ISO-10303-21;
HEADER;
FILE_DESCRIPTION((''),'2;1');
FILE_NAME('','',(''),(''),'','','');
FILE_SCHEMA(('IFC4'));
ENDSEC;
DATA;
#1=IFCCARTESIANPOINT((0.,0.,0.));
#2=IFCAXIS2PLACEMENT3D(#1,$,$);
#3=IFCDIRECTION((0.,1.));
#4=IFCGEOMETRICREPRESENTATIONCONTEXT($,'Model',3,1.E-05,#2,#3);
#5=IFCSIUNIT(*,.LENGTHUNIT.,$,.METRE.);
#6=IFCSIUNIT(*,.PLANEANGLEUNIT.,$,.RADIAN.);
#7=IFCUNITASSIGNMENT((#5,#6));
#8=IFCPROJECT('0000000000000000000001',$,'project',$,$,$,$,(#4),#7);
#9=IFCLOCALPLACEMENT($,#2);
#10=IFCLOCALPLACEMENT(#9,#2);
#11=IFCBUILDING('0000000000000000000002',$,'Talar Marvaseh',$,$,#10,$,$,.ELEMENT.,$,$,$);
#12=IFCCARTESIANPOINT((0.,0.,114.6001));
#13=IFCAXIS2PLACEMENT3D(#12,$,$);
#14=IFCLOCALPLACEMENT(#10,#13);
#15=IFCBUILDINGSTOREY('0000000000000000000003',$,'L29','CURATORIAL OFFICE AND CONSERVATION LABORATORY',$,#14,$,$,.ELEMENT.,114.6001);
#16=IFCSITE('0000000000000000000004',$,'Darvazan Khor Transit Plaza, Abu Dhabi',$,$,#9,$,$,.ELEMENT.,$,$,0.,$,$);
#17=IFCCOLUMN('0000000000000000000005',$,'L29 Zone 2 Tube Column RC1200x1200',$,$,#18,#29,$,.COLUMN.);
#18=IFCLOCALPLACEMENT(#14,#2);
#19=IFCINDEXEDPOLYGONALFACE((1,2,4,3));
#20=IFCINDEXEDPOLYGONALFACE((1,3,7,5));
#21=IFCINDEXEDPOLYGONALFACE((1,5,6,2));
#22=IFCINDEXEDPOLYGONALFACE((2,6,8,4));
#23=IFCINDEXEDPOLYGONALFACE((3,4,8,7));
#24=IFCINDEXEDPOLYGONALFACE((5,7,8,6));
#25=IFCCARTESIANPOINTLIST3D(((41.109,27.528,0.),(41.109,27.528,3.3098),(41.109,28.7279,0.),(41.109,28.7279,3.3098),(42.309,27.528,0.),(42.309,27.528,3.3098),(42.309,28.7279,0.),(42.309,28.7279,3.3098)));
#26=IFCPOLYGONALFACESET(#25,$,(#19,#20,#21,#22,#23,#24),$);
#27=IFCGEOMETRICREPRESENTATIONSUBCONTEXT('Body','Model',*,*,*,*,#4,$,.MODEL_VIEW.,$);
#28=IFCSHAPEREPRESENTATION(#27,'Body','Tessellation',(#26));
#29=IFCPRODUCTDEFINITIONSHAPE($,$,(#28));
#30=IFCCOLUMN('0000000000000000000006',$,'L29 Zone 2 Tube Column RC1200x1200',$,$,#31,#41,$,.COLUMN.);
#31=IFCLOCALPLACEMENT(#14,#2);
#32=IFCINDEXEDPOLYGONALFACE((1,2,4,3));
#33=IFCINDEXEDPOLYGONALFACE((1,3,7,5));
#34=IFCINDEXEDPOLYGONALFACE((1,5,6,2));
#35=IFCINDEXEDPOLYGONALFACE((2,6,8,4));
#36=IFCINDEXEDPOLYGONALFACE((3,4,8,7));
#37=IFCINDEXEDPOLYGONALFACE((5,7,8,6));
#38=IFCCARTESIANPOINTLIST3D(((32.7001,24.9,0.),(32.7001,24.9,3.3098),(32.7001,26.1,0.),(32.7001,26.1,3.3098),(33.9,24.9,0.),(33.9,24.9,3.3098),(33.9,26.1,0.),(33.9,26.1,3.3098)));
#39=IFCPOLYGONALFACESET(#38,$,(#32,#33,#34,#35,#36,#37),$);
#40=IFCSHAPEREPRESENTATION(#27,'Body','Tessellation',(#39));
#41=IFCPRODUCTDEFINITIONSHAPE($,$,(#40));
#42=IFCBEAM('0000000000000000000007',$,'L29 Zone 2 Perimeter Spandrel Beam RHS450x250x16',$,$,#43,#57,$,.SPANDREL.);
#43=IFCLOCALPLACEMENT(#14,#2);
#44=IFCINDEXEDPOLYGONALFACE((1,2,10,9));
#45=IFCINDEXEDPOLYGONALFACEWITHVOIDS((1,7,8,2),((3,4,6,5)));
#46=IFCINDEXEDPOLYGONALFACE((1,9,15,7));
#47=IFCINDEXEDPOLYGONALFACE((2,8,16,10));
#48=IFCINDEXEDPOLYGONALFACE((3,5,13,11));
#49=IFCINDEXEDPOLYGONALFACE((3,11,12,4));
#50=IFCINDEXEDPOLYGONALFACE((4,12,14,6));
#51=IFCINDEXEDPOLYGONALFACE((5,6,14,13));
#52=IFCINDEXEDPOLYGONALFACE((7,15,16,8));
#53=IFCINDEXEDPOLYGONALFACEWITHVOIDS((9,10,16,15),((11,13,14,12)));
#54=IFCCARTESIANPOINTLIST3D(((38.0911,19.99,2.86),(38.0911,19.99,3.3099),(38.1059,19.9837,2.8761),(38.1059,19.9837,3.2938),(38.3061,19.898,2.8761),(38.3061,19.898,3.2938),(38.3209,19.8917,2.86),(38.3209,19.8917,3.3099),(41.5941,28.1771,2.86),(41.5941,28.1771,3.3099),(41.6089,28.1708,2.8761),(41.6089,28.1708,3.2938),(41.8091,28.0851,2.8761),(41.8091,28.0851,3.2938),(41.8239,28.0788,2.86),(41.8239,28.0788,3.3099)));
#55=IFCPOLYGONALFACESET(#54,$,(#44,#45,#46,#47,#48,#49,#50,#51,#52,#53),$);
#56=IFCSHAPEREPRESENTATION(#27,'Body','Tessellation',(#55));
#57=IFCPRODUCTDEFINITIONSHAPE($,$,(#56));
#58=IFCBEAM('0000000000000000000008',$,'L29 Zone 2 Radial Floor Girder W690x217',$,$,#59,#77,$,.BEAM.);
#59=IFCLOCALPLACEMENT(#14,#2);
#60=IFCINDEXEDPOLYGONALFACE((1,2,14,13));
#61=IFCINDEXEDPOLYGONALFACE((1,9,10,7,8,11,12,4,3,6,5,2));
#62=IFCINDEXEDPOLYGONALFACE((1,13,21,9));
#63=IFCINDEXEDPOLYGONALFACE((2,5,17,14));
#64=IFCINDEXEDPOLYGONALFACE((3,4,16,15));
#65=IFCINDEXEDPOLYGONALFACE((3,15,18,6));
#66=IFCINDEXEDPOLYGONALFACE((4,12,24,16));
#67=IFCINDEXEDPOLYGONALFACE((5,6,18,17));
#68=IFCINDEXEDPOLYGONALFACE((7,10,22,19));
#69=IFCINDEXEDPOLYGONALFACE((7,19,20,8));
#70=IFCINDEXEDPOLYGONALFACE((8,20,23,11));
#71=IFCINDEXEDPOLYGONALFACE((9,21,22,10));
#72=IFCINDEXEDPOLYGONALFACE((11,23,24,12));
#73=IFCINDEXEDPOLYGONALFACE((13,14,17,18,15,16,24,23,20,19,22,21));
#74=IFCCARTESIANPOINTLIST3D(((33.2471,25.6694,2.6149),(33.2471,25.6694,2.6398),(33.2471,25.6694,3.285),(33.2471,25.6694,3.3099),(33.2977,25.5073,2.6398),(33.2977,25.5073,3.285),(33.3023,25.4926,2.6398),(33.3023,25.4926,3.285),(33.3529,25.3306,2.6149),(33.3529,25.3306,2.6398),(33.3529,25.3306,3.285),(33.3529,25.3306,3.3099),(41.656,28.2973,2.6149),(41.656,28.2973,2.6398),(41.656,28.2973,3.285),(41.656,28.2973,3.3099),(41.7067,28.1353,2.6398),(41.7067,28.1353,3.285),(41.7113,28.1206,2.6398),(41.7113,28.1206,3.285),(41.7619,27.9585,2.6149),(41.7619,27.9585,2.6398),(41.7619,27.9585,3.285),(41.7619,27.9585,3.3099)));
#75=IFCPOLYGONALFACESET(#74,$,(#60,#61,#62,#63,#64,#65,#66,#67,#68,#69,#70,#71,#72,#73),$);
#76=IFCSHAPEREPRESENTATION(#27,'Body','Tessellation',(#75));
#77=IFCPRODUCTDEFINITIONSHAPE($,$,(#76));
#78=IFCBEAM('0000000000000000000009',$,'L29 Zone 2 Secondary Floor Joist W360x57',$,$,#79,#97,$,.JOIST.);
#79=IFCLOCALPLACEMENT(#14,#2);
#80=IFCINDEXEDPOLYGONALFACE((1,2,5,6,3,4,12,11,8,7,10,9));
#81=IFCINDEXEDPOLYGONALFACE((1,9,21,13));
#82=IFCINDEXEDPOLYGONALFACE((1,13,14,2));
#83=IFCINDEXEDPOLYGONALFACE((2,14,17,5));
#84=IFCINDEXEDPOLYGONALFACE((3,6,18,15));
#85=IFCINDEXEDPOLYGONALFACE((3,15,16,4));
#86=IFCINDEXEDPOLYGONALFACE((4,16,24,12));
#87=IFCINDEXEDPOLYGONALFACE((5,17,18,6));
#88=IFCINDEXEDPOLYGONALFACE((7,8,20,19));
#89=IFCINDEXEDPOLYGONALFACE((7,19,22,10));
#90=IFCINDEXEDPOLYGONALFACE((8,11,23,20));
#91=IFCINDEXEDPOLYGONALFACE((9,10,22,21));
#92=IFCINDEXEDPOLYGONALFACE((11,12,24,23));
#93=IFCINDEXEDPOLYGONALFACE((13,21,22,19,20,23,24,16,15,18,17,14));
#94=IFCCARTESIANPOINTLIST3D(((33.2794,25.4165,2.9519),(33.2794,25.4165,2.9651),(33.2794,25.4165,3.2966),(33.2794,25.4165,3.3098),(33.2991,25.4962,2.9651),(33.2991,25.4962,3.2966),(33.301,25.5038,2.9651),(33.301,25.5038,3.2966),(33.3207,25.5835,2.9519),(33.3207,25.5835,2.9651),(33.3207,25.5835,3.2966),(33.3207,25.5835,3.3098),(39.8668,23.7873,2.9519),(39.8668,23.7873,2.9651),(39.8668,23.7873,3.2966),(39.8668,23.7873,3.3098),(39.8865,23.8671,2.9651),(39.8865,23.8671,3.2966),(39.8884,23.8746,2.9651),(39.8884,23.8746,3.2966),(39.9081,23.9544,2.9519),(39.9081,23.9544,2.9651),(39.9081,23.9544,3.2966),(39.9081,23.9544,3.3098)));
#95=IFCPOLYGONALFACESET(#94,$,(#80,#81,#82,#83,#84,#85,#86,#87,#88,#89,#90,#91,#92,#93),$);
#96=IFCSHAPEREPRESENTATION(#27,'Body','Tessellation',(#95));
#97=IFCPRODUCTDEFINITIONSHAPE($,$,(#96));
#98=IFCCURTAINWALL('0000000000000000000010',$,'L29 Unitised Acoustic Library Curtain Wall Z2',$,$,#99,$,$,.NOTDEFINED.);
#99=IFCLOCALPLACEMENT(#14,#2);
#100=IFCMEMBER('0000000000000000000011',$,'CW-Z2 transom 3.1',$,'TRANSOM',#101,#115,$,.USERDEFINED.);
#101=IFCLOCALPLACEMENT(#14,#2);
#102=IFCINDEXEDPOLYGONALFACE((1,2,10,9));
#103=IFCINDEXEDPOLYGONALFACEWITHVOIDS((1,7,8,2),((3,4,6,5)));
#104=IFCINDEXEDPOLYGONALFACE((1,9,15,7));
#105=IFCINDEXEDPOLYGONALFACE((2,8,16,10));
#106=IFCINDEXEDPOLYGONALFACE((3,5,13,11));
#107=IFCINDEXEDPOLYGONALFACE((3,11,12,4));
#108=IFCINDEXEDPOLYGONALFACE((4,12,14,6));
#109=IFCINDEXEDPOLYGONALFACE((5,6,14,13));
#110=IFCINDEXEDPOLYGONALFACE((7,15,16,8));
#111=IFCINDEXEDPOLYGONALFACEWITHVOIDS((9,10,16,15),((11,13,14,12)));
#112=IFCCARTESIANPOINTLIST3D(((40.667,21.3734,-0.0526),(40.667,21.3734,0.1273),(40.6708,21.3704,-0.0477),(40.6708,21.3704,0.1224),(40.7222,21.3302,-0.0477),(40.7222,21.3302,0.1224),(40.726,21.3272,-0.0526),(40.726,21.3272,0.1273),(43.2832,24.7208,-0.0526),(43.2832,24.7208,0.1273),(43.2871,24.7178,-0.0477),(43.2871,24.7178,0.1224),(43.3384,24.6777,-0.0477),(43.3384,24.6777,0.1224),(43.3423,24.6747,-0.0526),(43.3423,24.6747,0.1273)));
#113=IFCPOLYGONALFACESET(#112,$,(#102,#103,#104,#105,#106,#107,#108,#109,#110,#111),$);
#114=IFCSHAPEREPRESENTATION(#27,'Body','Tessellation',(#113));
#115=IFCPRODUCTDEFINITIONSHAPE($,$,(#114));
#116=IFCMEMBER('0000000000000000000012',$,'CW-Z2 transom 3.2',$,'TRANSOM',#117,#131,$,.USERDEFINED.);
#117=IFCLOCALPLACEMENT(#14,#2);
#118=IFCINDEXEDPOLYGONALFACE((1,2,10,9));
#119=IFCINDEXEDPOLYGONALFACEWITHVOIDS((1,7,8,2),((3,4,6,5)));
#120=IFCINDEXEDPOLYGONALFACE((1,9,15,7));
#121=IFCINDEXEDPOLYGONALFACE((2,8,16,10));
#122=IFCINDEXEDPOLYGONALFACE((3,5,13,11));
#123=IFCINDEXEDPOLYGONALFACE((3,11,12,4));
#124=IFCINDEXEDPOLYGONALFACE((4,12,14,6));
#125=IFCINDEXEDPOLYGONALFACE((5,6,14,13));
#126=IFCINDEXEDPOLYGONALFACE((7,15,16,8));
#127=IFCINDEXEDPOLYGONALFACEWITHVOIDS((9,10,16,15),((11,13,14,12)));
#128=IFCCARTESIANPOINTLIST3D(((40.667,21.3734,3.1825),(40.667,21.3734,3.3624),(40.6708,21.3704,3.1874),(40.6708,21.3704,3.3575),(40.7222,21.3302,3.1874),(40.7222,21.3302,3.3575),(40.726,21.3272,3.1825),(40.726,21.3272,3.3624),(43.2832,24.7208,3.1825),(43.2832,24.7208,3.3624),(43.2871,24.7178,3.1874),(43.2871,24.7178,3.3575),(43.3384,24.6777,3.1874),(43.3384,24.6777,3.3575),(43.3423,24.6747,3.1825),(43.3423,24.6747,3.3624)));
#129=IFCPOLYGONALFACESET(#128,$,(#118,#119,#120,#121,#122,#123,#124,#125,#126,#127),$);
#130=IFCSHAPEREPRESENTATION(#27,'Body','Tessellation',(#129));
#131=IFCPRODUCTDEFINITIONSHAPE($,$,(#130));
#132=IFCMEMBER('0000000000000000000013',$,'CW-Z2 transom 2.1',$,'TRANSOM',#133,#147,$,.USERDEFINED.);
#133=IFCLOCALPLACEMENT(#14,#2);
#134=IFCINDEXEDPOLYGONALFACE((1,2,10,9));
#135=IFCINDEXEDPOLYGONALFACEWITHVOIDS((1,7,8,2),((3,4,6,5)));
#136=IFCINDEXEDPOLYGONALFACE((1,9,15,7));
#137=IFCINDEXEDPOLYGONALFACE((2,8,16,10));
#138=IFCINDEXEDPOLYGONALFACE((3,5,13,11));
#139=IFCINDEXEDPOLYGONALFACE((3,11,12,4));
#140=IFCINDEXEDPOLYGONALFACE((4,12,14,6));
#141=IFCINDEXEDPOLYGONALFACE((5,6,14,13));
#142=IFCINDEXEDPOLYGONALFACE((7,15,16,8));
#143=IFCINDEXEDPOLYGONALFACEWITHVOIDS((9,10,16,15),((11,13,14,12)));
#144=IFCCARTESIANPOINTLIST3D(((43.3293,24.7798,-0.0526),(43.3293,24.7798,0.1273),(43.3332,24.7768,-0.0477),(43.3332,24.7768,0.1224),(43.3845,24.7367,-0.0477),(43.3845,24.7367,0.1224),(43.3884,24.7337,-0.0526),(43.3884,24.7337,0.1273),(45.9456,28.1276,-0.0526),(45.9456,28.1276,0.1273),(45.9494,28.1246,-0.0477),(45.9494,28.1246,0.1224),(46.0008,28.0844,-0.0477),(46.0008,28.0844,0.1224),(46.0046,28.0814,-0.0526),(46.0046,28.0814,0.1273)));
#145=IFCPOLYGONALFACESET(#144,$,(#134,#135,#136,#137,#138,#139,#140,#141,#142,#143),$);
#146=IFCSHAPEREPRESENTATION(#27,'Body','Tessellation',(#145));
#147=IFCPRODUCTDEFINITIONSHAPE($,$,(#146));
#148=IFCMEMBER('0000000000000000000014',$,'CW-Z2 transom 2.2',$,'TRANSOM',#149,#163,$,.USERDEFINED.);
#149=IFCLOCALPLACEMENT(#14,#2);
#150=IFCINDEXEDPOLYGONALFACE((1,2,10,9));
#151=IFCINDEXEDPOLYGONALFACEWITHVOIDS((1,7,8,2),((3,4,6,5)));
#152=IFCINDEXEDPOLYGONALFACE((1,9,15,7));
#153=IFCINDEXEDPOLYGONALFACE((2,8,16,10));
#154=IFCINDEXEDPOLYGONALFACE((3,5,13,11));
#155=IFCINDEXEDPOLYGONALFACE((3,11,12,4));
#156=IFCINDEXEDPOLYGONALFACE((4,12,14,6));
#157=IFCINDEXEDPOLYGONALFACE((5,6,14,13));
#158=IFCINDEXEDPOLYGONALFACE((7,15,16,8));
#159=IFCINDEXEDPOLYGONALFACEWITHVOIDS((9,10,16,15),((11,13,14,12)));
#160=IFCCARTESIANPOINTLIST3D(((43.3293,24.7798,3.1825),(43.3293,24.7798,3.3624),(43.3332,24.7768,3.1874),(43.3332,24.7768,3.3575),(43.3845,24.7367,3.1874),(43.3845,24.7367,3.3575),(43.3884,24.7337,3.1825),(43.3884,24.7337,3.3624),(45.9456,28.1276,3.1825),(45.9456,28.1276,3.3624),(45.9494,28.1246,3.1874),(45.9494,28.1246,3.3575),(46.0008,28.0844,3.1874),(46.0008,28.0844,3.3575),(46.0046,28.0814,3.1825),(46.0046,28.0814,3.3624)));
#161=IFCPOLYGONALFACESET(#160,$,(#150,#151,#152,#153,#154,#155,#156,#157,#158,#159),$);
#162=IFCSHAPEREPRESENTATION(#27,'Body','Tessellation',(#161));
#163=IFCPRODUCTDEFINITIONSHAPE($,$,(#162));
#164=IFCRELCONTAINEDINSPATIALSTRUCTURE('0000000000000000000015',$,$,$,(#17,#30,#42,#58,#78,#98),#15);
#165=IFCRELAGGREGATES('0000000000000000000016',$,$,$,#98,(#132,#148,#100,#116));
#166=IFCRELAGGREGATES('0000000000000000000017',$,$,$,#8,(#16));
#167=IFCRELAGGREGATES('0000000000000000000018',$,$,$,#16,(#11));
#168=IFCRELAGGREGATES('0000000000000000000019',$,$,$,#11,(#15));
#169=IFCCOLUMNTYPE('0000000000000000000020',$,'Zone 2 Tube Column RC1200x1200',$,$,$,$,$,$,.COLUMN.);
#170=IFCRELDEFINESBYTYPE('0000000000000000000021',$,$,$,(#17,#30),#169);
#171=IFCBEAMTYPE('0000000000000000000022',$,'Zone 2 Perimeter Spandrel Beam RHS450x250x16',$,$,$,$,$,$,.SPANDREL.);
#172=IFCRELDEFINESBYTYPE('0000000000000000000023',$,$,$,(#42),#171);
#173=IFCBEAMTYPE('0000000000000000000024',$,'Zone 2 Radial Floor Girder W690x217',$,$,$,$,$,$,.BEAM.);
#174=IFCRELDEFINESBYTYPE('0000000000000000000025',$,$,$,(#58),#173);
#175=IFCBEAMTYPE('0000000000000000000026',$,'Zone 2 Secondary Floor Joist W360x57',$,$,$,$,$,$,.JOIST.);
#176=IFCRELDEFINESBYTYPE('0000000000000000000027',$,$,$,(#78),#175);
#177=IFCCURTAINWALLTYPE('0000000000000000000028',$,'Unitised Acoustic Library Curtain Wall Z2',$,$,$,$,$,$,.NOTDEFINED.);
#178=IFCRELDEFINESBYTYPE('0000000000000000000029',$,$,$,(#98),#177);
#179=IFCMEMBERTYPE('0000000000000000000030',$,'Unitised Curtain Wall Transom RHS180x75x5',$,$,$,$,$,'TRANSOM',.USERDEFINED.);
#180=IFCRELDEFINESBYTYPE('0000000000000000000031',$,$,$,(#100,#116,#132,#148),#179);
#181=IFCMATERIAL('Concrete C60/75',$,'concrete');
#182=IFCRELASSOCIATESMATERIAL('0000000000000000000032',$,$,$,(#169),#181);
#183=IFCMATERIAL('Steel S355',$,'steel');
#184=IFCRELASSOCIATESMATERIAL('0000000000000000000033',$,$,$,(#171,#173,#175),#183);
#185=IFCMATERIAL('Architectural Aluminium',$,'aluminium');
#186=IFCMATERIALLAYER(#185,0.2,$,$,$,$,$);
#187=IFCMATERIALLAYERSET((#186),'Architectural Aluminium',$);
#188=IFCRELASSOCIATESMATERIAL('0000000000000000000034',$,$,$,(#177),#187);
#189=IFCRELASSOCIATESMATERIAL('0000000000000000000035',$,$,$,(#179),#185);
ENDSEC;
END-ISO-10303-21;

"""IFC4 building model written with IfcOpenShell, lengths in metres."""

from ifc_helpers import new_model, si_unit, direction, frame, origin, origin_2d, place, context, subcontext, project, spatial, rectangle, hollow_rectangle, i_section, extrude, source, transform, mapped, material, layer, layer_set, material_profile, profile_set, type_object, type_shapes, element, aggregate, save


model = new_model("IFC4")

# Units and contexts
model_context = context("Model", 3, precision=1e-05, world=origin(), true_north=direction((0.0, 1.0)))
body_context = subcontext(model_context, "Body", "Model", "MODEL_VIEW")
ifc_project = project(units=[si_unit("LENGTHUNIT", "METRE"), si_unit("PLANEANGLEUNIT", "RADIAN")], contexts=[model_context])

# Site, building, storey
site_placement = place(None, origin())
site = spatial("IfcSite", under=ifc_project, at=site_placement, Name="Darvazan Khor Transit Plaza, Abu Dhabi", CompositionType="ELEMENT", RefElevation=0.0)
building_placement = place(site_placement, origin())
building = spatial("IfcBuilding", under=site, at=building_placement, Name="Talar Marvaseh", CompositionType="ELEMENT")
storey_placement = place(building_placement, frame((0.0, 0.0, 114.6001)))
storey = spatial("IfcBuildingStorey", under=building, at=storey_placement, Name="L29", Description="CURATORIAL OFFICE AND CONSERVATION LABORATORY", CompositionType="ELEMENT", Elevation=114.6001)

# Columns
ifc_material_1 = material(Name="Concrete C60/75", Category="concrete")
ifc_material_profile_1 = material_profile(ifc_material_1, rectangle(XDim=1.2, YDim=1.2, at=origin_2d()), Name="RC1200x1200")
ifc_profile_set_1 = profile_set([ifc_material_profile_1], Name="Concrete C60/75")
column_type = type_object("IfcColumnType", Name="Zone 2 Tube Column RC1200x1200", PredefinedType="COLUMN", material=ifc_profile_set_1)
for number, where, z_axis, x_axis, name in (
    (1, (41.709, 28.1279, 0.0), (0.0, 0.0, 1.0), (1.0, 0.0, 0.0), "L29 Zone 2 Tube Column RC1200x1200"),
    (2, (33.3, 25.5, 0.0), (0.0, 0.0, 1.0), (1.0, 0.0, 0.0), "L29 Zone 2 Tube Column RC1200x1200"),
):
    element("IfcColumn", number, at=place(storey_placement, frame(where, z_axis=z_axis, x_axis=x_axis)), inside=storey, type_object=column_type, Name=name, PredefinedType="COLUMN", context=body_context, shape_type="SweptSolid", body=[
        extrude(rectangle(XDim=1.2, YDim=1.2, at=origin_2d()), origin(), (0.0, 0.0, 1.0), 3.3098),
    ])

# Beams
ifc_material_2 = material(Name="Steel S355", Category="steel")
ifc_material_profile_2 = material_profile(ifc_material_2, hollow_rectangle(XDim=0.25, YDim=0.45, WallThickness=0.0161, at=origin_2d()), Name="RHS450x250x16")
ifc_profile_set_2 = profile_set([ifc_material_profile_2], Name="Steel S355")
beam_type_1 = type_object("IfcBeamType", Name="Zone 2 Perimeter Spandrel Beam RHS450x250x16", PredefinedType="SPANDREL", material=ifc_profile_set_2)
beam_1_placement = place(storey_placement, frame((41.709, 28.1279, 3.085), z_axis=(-0.39337, -0.91938, 0.0), x_axis=(0.91938, -0.39337, 0.0)))
element("IfcBeam", 3, at=beam_1_placement, inside=storey, type_object=beam_type_1, Name="L29 Zone 2 Perimeter Spandrel Beam RHS450x250x16", PredefinedType="SPANDREL", context=body_context, shape_type="SweptSolid", body=[
    extrude(hollow_rectangle(XDim=0.25, YDim=0.45, WallThickness=0.0161, at=origin_2d()), origin(), (0.0, 0.0, 1.0), 8.905),
])
ifc_material_profile_3 = material_profile(ifc_material_2, i_section(OverallWidth=0.355, OverallDepth=0.6951, WebThickness=0.0154, FlangeThickness=0.0249, at=origin_2d()), Name="W690x217")
ifc_profile_set_3 = profile_set([ifc_material_profile_3], Name="Steel S355")
beam_type_2 = type_object("IfcBeamType", Name="Zone 2 Radial Floor Girder W690x217", PredefinedType="BEAM", material=ifc_profile_set_3)
beam_2_placement = place(storey_placement, frame((41.709, 28.1279, 2.9624), z_axis=(-0.954476, -0.298289, 0.0), x_axis=(0.298289, -0.954476, 0.0)))
element("IfcBeam", 4, at=beam_2_placement, inside=storey, type_object=beam_type_2, Name="L29 Zone 2 Radial Floor Girder W690x217", PredefinedType="BEAM", context=body_context, shape_type="SweptSolid", body=[
    extrude(i_section(OverallWidth=0.355, OverallDepth=0.6951, WebThickness=0.0154, FlangeThickness=0.0249, at=origin_2d()), origin(), (0.0, 0.0, 1.0), 8.8101),
])
ifc_material_profile_4 = material_profile(ifc_material_2, i_section(OverallWidth=0.1721, OverallDepth=0.3579, WebThickness=0.0078, FlangeThickness=0.0132, at=origin_2d()), Name="W360x57")
ifc_profile_set_4 = profile_set([ifc_material_profile_4], Name="Steel S355")
beam_type_3 = type_object("IfcBeamType", Name="Zone 2 Secondary Floor Joist W360x57", PredefinedType="JOIST", material=ifc_profile_set_4)
beam_3_placement = place(storey_placement, frame((39.8875, 23.8708, 3.1309), z_axis=(-0.970753, 0.24008, 0.0), x_axis=(-0.24008, -0.970753, 0.0)))
element("IfcBeam", 5, at=beam_3_placement, inside=storey, type_object=beam_type_3, Name="L29 Zone 2 Secondary Floor Joist W360x57", PredefinedType="JOIST", context=body_context, shape_type="SweptSolid", body=[
    extrude(i_section(OverallWidth=0.1721, OverallDepth=0.3579, WebThickness=0.0078, FlangeThickness=0.0132, at=origin_2d()), origin(), (0.0, 0.0, 1.0), 6.7859),
])

# Curtain wall, members
ifc_material_3 = material(Name="Architectural Aluminium", Category="aluminium")
ifc_layer_1 = layer(ifc_material_3, 0.2)
ifc_layer_set_1 = layer_set([ifc_layer_1], Name="Architectural Aluminium")
curtain_wall_type = type_object("IfcCurtainWallType", Name="Unitised Acoustic Library Curtain Wall Z2", PredefinedType="NOTDEFINED", material=ifc_layer_set_1)
curtain_wall_placement = place(storey_placement, origin())
curtain_wall = element("IfcCurtainWall", 6, at=curtain_wall_placement, inside=storey, type_object=curtain_wall_type, Name="L29 Unitised Acoustic Library Curtain Wall Z2", PredefinedType="NOTDEFINED")
ifc_material_profile_5 = material_profile(ifc_material_3, hollow_rectangle(XDim=0.075, YDim=0.1799, WallThickness=0.0049, at=origin_2d()), Name="RHS180x75x5")
ifc_profile_set_5 = profile_set([ifc_material_profile_5], Name="Architectural Aluminium")
member_type_1 = type_object("IfcMemberType", Name="Unitised Curtain Wall Transom RHS180x75x5", ElementType="TRANSOM", PredefinedType="USERDEFINED", material=ifc_profile_set_5)
shared_shape_1 = source(origin(), body_context, "Body", "SweptSolid", [
    extrude(hollow_rectangle(XDim=0.075, YDim=0.1799, WallThickness=0.0049, at=origin_2d()), origin(), (0.0, 0.0, 1.0), 4.2485),
])
member_1_placement = place(storey_placement, frame((43.3127, 24.6978, 0.0374), z_axis=(-0.615797, -0.787905, 0.0), x_axis=(0.787905, -0.615797, 0.0)))
member_1 = element("IfcMember", 7, at=member_1_placement, type_object=member_type_1, Name="CW-Z2 transom 3.1", ObjectType="TRANSOM", PredefinedType="USERDEFINED", context=body_context, shape_type="MappedRepresentation", body=[
    mapped(shared_shape_1, transform((0.0, 0.0, 0.0), x_axis=(1.0, 0.0, 0.0), y_axis=(0.0, 1.0, 0.0), z_axis=(0.0, 0.0, 1.0), scale=1.0)),
])
member_2_placement = place(storey_placement, frame((43.3127, 24.6978, 3.2725), z_axis=(-0.615797, -0.787905, 0.0), x_axis=(0.787905, -0.615797, 0.0)))
member_2 = element("IfcMember", 8, at=member_2_placement, type_object=member_type_1, Name="CW-Z2 transom 3.2", ObjectType="TRANSOM", PredefinedType="USERDEFINED", context=body_context, shape_type="MappedRepresentation", body=[
    mapped(shared_shape_1, transform((0.0, 0.0, 0.0), x_axis=(1.0, 0.0, 0.0), y_axis=(0.0, 1.0, 0.0), z_axis=(0.0, 0.0, 1.0), scale=1.0)),
])
shared_shape_2 = source(origin(), body_context, "Body", "SweptSolid", [
    extrude(hollow_rectangle(XDim=0.075, YDim=0.1799, WallThickness=0.0049, at=origin_2d()), origin(), (0.0, 0.0, 1.0), 4.2488),
])
type_shapes(member_type_1, [shared_shape_1, shared_shape_2])
member_3_placement = place(storey_placement, frame((45.9751, 28.1045, 0.0374), z_axis=(-0.615769, -0.787927, 0.0), x_axis=(0.787927, -0.615769, 0.0)))
member_3 = element("IfcMember", 9, at=member_3_placement, type_object=member_type_1, Name="CW-Z2 transom 2.1", ObjectType="TRANSOM", PredefinedType="USERDEFINED", context=body_context, shape_type="MappedRepresentation", body=[
    mapped(shared_shape_2, transform((0.0, 0.0, 0.0), x_axis=(1.0, 0.0, 0.0), y_axis=(0.0, 1.0, 0.0), z_axis=(0.0, 0.0, 1.0), scale=1.0)),
])
member_4_placement = place(storey_placement, frame((45.9751, 28.1045, 3.2725), z_axis=(-0.615769, -0.787927, 0.0), x_axis=(0.787927, -0.615769, 0.0)))
member_4 = element("IfcMember", 10, at=member_4_placement, type_object=member_type_1, Name="CW-Z2 transom 2.2", ObjectType="TRANSOM", PredefinedType="USERDEFINED", context=body_context, shape_type="MappedRepresentation", body=[
    mapped(shared_shape_2, transform((0.0, 0.0, 0.0), x_axis=(1.0, 0.0, 0.0), y_axis=(0.0, 1.0, 0.0), z_axis=(0.0, 0.0, 1.0), scale=1.0)),
])
aggregate(curtain_wall, [member_3, member_4, member_1, member_2])

save(model, "model.ifc")
